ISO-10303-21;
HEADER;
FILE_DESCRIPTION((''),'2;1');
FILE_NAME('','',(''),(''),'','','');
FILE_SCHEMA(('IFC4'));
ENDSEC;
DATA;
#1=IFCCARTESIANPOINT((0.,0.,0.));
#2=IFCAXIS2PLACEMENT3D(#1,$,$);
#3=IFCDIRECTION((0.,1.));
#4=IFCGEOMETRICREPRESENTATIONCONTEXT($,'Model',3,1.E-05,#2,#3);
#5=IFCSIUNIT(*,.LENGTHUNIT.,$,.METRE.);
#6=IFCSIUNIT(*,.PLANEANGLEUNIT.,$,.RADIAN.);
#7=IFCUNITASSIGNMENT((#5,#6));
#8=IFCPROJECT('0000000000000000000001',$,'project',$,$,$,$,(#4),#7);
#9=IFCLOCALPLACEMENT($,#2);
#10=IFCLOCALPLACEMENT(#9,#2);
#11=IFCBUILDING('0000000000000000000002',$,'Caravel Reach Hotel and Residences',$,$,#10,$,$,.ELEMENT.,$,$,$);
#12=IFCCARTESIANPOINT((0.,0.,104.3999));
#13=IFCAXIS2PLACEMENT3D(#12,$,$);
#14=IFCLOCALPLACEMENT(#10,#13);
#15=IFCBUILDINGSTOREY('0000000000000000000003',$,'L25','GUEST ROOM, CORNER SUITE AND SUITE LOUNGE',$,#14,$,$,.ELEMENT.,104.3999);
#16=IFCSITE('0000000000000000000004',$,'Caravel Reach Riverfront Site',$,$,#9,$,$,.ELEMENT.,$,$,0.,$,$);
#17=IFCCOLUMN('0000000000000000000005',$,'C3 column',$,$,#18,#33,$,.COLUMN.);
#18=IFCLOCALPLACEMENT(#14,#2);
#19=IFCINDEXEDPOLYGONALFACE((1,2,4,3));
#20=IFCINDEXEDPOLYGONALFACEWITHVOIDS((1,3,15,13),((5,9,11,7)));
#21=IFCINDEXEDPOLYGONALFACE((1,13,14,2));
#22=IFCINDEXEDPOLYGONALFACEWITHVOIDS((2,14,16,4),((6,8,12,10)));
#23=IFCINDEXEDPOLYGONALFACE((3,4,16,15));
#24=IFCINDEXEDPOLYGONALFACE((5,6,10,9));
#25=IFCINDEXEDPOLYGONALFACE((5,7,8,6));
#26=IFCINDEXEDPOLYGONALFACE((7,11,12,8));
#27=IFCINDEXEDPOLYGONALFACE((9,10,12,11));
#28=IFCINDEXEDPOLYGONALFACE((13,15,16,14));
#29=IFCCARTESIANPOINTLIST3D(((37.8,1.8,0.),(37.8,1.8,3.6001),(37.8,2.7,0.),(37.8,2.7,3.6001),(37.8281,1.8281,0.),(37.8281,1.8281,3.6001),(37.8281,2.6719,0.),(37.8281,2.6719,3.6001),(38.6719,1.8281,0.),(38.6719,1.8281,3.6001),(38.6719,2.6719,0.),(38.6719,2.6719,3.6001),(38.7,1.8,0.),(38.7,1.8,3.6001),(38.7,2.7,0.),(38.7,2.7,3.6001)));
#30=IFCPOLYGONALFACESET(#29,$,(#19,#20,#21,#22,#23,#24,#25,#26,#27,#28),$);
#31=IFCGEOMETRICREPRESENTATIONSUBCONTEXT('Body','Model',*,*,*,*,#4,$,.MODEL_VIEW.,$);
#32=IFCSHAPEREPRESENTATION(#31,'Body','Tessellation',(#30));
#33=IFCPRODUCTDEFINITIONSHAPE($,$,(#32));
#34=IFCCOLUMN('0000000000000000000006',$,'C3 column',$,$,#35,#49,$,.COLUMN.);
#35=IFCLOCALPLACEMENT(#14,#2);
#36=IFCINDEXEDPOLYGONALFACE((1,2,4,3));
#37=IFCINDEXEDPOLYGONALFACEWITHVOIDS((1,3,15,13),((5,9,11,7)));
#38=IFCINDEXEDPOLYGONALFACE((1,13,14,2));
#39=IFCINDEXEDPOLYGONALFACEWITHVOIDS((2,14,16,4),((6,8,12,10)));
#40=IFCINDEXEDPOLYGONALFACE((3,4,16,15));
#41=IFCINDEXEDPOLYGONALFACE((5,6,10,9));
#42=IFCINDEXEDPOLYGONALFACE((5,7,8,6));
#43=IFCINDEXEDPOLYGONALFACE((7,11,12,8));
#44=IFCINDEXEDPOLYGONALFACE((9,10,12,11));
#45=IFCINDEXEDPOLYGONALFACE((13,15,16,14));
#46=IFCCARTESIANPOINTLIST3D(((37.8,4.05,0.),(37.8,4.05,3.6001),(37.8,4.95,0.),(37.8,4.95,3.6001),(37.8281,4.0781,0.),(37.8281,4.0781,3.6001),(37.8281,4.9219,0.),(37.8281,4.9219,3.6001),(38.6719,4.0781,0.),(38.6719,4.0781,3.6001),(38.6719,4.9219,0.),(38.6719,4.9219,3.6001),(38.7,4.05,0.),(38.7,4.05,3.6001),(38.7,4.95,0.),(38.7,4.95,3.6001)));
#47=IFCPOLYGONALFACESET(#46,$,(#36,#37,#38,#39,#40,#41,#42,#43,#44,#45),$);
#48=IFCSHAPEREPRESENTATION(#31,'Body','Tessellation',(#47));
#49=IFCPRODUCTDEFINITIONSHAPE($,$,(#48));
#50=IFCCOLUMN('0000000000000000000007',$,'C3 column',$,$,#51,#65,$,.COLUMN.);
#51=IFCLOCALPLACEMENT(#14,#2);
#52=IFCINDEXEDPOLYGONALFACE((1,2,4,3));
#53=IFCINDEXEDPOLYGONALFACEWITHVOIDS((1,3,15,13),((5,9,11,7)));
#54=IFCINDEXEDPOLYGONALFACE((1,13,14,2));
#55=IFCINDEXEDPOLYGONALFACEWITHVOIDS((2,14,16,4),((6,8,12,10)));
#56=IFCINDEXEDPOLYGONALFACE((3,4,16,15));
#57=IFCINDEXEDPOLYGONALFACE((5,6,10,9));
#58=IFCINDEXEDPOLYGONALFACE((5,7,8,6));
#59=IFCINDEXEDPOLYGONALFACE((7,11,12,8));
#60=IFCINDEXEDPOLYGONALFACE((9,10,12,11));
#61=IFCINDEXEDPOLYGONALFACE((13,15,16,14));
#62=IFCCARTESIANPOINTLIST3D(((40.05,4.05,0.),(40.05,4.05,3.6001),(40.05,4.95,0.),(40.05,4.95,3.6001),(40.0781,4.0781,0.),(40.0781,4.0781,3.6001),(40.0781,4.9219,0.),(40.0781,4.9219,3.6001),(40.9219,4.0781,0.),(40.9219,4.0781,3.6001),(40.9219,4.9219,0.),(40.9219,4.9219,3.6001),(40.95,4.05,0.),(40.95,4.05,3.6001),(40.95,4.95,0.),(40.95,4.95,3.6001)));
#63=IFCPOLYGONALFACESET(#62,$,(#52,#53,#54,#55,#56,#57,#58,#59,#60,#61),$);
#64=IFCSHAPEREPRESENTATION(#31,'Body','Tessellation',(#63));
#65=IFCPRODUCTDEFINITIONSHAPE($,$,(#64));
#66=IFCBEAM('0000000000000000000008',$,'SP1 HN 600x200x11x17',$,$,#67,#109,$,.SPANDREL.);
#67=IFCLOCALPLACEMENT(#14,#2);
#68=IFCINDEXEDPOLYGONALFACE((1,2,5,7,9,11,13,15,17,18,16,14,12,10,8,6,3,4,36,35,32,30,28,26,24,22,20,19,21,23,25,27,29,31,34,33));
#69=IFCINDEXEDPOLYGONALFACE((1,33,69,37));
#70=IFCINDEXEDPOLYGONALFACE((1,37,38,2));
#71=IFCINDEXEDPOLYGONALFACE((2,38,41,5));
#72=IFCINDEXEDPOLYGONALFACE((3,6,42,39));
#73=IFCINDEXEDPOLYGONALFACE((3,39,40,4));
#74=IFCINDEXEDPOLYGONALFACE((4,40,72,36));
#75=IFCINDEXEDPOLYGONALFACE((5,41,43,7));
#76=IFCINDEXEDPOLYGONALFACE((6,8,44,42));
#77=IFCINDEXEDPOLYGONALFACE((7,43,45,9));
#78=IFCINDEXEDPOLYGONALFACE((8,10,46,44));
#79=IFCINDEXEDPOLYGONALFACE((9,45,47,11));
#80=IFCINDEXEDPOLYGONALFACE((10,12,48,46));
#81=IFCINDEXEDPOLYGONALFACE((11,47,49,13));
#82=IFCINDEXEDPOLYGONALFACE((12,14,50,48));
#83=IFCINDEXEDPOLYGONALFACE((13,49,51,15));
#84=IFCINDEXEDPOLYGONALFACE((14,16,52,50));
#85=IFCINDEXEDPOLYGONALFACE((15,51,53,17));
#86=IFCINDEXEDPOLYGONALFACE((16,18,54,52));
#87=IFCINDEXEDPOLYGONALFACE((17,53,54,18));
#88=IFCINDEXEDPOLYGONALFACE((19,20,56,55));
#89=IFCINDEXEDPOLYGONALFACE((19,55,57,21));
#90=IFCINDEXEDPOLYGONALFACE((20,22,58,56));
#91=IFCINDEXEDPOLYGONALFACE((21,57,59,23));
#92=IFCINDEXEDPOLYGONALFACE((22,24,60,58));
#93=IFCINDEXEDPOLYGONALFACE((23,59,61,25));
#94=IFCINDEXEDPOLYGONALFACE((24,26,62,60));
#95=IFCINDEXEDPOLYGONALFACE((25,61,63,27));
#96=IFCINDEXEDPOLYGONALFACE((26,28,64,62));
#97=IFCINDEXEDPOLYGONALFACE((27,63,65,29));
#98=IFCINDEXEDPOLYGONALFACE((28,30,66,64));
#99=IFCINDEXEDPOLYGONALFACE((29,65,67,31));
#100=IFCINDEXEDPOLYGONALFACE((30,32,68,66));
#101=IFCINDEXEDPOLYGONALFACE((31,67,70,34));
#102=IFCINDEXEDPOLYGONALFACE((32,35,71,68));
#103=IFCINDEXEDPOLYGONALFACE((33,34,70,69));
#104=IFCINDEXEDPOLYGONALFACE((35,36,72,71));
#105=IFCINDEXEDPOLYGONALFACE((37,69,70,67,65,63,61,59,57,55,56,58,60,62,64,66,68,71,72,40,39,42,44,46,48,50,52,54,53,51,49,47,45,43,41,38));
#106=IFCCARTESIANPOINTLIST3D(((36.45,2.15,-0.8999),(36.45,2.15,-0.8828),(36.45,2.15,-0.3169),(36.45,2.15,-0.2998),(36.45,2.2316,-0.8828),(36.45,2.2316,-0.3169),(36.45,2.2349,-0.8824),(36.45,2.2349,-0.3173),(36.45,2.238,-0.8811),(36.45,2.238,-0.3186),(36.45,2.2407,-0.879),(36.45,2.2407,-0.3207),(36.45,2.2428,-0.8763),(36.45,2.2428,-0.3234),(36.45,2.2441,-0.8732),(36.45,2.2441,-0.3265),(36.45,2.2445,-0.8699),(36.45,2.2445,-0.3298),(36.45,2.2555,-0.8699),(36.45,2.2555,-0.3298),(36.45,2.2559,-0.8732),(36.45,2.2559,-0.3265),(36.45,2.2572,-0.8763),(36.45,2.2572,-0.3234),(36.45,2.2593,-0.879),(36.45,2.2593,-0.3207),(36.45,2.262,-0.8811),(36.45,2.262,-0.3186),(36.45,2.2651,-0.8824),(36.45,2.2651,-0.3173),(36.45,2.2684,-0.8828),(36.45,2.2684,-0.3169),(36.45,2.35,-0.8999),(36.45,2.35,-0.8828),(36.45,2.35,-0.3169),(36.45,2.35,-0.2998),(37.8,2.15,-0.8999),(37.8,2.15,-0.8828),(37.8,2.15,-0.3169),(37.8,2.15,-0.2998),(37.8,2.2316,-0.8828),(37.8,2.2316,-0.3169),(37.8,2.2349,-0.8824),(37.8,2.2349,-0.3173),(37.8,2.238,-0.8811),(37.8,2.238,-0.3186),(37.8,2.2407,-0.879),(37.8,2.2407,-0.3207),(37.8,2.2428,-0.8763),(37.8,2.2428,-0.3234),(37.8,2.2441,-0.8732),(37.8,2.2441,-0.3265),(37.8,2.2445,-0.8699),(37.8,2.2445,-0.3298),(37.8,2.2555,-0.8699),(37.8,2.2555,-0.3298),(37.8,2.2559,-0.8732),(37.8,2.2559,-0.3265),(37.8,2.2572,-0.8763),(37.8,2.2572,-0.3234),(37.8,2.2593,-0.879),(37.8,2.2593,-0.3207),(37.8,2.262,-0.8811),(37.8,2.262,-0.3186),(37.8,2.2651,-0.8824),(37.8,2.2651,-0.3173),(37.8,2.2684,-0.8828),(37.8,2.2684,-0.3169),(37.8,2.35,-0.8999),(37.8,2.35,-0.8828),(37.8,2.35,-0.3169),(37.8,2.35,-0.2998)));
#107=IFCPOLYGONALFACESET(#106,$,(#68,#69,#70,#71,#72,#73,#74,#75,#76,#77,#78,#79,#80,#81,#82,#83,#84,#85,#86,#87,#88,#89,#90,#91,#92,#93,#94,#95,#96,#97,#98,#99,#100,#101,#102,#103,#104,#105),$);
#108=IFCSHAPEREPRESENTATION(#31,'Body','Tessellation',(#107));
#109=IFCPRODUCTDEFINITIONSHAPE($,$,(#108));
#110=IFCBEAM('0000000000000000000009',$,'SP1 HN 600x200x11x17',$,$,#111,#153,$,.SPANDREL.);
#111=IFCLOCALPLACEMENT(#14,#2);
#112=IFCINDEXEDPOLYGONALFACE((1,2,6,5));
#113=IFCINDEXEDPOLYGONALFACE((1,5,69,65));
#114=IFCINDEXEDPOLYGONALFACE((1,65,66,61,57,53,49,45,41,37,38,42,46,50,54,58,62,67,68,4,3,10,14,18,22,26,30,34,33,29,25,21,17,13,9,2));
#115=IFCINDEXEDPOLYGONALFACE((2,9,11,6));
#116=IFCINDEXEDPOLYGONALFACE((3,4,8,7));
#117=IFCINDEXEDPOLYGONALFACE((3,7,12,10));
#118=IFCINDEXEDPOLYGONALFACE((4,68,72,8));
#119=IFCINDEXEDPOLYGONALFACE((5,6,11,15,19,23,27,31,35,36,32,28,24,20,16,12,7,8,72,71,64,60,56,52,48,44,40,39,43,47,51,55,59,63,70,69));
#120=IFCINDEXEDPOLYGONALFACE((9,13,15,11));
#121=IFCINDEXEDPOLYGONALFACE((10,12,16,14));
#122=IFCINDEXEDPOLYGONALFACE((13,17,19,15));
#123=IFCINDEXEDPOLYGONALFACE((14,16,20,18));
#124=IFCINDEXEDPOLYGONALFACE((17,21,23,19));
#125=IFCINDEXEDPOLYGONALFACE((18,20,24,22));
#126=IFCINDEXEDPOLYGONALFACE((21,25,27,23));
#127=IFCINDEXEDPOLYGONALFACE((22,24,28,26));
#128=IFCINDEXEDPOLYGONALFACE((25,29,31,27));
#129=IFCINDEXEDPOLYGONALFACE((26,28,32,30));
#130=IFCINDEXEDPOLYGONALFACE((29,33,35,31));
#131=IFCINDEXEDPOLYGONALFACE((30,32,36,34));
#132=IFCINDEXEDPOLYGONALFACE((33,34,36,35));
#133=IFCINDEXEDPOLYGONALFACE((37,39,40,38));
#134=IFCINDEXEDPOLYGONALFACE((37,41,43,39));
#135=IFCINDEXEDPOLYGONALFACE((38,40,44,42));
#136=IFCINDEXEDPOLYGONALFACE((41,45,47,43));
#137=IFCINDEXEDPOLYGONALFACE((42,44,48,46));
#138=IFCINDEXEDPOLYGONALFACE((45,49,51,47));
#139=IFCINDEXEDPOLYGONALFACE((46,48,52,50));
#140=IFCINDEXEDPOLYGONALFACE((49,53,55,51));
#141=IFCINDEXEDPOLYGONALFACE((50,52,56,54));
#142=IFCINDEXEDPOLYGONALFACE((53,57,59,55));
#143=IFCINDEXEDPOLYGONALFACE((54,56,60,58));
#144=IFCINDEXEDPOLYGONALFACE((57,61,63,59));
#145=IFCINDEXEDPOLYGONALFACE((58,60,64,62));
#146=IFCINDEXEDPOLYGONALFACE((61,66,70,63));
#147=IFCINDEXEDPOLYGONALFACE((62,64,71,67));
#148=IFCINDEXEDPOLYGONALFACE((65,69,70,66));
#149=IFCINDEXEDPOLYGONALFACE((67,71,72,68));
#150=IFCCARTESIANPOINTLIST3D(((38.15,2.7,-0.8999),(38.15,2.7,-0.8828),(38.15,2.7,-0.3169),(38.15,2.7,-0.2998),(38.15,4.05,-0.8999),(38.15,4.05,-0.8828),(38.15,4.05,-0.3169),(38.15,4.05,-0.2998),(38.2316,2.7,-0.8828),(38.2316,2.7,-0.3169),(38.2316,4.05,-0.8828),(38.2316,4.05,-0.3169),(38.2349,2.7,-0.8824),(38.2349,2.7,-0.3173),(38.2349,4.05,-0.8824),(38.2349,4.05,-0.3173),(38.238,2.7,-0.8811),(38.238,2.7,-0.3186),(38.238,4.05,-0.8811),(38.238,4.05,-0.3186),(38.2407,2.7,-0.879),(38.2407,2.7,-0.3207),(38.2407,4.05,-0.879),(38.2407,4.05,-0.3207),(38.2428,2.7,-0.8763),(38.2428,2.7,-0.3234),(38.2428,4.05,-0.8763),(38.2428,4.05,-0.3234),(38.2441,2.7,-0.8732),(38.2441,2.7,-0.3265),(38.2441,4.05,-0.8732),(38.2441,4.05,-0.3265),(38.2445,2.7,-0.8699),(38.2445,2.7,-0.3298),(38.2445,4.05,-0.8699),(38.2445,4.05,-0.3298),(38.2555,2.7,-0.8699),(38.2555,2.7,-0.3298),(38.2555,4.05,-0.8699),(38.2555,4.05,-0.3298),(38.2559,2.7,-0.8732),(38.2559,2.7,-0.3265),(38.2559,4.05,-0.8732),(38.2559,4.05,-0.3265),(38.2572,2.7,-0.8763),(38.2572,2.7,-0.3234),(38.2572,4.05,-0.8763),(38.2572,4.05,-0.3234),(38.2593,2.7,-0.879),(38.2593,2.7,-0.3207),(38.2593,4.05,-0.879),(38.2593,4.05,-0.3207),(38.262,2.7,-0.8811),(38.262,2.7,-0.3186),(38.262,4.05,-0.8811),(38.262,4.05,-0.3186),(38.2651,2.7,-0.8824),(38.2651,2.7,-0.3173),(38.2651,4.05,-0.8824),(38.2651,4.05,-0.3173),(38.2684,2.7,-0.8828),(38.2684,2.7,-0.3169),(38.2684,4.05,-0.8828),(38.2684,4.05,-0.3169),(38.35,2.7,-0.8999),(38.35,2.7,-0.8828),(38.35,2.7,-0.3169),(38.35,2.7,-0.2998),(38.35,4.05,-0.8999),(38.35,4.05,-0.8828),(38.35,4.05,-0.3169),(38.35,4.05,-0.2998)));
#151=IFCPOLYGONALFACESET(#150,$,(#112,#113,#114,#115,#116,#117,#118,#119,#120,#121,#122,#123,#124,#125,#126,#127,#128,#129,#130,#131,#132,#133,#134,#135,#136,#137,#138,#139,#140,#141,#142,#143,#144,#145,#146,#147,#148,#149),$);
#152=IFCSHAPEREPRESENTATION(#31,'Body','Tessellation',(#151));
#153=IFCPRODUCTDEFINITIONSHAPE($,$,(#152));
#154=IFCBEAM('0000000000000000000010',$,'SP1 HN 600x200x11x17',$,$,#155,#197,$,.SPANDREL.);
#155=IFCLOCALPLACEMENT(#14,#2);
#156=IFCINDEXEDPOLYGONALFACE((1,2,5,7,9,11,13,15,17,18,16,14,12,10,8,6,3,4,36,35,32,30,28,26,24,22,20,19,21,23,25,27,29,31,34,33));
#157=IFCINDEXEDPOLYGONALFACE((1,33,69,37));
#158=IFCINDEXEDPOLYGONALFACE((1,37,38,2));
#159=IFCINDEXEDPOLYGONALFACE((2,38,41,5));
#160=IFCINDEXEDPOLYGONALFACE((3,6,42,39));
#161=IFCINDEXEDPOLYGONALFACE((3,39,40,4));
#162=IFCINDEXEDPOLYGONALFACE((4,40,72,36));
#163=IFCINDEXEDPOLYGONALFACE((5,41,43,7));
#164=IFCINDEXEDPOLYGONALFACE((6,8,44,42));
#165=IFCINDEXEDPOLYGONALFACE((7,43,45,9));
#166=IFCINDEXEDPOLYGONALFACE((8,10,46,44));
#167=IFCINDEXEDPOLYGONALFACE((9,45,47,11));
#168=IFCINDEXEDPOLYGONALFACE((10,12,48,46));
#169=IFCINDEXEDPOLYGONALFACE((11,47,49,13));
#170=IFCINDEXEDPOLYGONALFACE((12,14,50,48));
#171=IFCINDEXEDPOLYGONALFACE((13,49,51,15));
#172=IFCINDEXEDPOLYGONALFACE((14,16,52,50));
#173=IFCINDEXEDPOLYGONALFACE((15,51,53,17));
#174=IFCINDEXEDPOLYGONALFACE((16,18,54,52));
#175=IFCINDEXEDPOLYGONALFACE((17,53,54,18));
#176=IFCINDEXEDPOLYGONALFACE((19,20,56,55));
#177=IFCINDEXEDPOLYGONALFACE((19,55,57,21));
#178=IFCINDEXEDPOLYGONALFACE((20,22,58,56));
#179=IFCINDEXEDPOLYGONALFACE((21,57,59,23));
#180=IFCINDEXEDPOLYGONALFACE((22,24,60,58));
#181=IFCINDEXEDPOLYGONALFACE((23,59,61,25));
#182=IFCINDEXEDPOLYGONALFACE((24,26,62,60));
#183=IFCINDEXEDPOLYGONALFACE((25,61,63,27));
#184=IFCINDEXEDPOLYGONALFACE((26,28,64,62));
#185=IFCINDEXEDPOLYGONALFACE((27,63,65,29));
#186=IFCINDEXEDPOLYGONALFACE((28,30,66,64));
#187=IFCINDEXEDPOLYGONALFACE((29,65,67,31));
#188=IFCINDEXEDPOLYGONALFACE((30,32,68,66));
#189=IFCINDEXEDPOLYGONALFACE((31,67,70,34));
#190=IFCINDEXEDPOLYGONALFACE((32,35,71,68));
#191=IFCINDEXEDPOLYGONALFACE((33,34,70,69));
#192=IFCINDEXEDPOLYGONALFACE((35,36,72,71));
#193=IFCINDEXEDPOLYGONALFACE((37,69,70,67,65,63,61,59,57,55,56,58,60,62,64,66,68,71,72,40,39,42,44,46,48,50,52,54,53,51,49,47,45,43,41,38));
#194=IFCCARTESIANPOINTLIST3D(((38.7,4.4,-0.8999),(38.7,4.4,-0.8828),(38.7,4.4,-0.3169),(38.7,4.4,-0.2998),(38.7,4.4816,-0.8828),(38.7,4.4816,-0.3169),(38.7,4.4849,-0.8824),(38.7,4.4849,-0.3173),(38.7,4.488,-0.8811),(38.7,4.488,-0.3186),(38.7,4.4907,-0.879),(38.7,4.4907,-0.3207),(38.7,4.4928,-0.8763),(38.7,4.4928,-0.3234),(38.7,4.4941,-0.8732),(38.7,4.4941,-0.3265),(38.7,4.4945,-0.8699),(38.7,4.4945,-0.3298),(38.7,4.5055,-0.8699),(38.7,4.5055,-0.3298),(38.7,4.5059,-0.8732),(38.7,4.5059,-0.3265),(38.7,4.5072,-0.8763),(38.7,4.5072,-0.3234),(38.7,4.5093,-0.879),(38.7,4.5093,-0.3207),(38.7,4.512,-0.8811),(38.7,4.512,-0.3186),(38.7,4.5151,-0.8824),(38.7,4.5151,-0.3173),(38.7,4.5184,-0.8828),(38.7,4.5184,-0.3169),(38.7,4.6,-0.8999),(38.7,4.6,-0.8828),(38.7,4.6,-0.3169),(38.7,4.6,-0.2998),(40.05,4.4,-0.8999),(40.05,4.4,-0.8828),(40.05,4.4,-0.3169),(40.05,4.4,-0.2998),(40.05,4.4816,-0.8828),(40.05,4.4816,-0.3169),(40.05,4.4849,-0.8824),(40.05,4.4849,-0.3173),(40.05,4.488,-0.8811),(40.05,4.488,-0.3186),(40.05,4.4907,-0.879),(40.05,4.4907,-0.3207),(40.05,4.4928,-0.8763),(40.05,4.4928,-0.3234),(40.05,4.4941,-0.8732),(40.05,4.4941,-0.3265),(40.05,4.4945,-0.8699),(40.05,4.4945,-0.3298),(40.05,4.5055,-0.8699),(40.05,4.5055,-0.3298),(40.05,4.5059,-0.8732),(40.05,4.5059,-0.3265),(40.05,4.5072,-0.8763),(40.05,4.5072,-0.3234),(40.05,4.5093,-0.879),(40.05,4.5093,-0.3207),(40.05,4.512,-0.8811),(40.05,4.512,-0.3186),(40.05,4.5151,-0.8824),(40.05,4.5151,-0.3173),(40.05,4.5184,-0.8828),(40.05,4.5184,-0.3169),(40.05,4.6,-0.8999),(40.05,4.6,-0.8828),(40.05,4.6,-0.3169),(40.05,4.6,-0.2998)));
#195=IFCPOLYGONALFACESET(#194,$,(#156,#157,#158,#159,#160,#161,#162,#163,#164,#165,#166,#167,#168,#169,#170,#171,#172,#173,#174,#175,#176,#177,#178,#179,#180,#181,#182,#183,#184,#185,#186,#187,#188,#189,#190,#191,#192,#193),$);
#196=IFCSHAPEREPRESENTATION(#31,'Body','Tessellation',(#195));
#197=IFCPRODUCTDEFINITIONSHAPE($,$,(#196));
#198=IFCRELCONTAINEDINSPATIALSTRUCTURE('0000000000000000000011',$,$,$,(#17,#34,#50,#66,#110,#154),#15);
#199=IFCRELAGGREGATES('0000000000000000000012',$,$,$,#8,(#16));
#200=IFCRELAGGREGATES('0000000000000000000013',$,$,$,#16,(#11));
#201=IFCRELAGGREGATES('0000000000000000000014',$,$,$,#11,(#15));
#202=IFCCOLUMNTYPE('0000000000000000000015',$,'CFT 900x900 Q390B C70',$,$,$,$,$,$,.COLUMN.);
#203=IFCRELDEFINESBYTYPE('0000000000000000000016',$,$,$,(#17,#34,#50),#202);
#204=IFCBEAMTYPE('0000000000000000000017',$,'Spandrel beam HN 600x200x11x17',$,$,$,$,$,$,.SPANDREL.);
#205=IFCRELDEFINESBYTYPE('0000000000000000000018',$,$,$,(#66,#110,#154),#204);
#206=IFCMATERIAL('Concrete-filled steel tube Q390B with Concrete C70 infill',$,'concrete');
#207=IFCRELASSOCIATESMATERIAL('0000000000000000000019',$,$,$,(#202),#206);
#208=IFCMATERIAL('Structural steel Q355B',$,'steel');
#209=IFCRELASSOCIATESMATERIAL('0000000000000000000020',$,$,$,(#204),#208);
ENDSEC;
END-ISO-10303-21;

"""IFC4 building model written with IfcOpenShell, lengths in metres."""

from ifc_helpers import new_model, si_unit, direction, frame, origin, origin_2d, place, context, subcontext, project, spatial, hollow_rectangle, i_section, extrude, material, material_profile, profile_set, type_object, element, save


model = new_model("IFC4")

# Units and contexts
model_context = context("Model", 3, precision=1e-05, world=origin(), true_north=direction((0.0, 1.0)))
body_context = subcontext(model_context, "Body", "Model", "MODEL_VIEW")
ifc_project = project(units=[si_unit("LENGTHUNIT", "METRE"), si_unit("PLANEANGLEUNIT", "RADIAN")], contexts=[model_context])

# Site, building, storey
site_placement = place(None, origin())
site = spatial("IfcSite", under=ifc_project, at=site_placement, Name="Caravel Reach Riverfront Site", CompositionType="ELEMENT", RefElevation=0.0)
building_placement = place(site_placement, origin())
building = spatial("IfcBuilding", under=site, at=building_placement, Name="Caravel Reach Hotel and Residences", CompositionType="ELEMENT")
storey_placement = place(building_placement, frame((0.0, 0.0, 104.3999)))
storey = spatial("IfcBuildingStorey", under=building, at=storey_placement, Name="L25", Description="GUEST ROOM, CORNER SUITE AND SUITE LOUNGE", CompositionType="ELEMENT", Elevation=104.3999)

# Columns
ifc_material_1 = material(Name="Concrete-filled steel tube Q390B with Concrete C70 infill", Category="concrete")
ifc_material_profile_1 = material_profile(ifc_material_1, hollow_rectangle(XDim=0.8999, YDim=0.8999, WallThickness=0.0281, at=origin_2d()), Name="RHS 900x900x28")
ifc_profile_set_1 = profile_set([ifc_material_profile_1], Name="Concrete-filled steel tube Q390B with Concrete C70 infill")
column_type = type_object("IfcColumnType", Name="CFT 900x900 Q390B C70", PredefinedType="COLUMN", material=ifc_profile_set_1)
for number, where, z_axis, x_axis, name in (
    (1, (38.25, 2.25, 0.0), (0.0, 0.0, 1.0), (1.0, 0.0, 0.0), "C3 column"),
    (2, (38.25, 4.5, 0.0), (0.0, 0.0, 1.0), (1.0, 0.0, 0.0), "C3 column"),
    (3, (40.5, 4.5, 0.0), (0.0, 0.0, 1.0), (1.0, 0.0, 0.0), "C3 column"),
):
    element("IfcColumn", number, at=place(storey_placement, frame(where, z_axis=z_axis, x_axis=x_axis)), inside=storey, type_object=column_type, Name=name, PredefinedType="COLUMN", context=body_context, shape_type="SweptSolid", body=[
        extrude(hollow_rectangle(XDim=0.8999, YDim=0.8999, WallThickness=0.0281, at=origin_2d()), origin(), (0.0, 0.0, 1.0), 3.6001),
    ])

# Beams
ifc_material_2 = material(Name="Structural steel Q355B", Category="steel")
ifc_material_profile_2 = material_profile(ifc_material_2, i_section(OverallWidth=0.2, OverallDepth=0.6001, WebThickness=0.011, FlangeThickness=0.0171, FilletRadius=0.0129, at=origin_2d()), Name="HN 600x200x11x17")
ifc_profile_set_2 = profile_set([ifc_material_profile_2], Name="Structural steel Q355B")
beam_type = type_object("IfcBeamType", Name="Spandrel beam HN 600x200x11x17", PredefinedType="SPANDREL", material=ifc_profile_set_2)
for number, where, z_axis, x_axis, name in (
    (4, (36.45, 2.25, -0.5999), (1.0, 0.0, 0.0), (0.0, 1.0, 0.0), "SP1 HN 600x200x11x17"),
    (5, (38.25, 2.7, -0.5999), (0.0, 1.0, 0.0), (-1.0, 0.0, 0.0), "SP1 HN 600x200x11x17"),
    (6, (38.7, 4.5, -0.5999), (1.0, 0.0, 0.0), (0.0, 1.0, 0.0), "SP1 HN 600x200x11x17"),
):
    element("IfcBeam", number, at=place(storey_placement, frame(where, z_axis=z_axis, x_axis=x_axis)), inside=storey, type_object=beam_type, Name=name, PredefinedType="SPANDREL", context=body_context, shape_type="SweptSolid", body=[
        extrude(i_section(OverallWidth=0.2, OverallDepth=0.6001, WebThickness=0.011, FlangeThickness=0.0171, FilletRadius=0.0129, at=origin_2d()), origin(), (0.0, 0.0, 1.0), 1.3501),
    ])

save(model, "model.ifc")
